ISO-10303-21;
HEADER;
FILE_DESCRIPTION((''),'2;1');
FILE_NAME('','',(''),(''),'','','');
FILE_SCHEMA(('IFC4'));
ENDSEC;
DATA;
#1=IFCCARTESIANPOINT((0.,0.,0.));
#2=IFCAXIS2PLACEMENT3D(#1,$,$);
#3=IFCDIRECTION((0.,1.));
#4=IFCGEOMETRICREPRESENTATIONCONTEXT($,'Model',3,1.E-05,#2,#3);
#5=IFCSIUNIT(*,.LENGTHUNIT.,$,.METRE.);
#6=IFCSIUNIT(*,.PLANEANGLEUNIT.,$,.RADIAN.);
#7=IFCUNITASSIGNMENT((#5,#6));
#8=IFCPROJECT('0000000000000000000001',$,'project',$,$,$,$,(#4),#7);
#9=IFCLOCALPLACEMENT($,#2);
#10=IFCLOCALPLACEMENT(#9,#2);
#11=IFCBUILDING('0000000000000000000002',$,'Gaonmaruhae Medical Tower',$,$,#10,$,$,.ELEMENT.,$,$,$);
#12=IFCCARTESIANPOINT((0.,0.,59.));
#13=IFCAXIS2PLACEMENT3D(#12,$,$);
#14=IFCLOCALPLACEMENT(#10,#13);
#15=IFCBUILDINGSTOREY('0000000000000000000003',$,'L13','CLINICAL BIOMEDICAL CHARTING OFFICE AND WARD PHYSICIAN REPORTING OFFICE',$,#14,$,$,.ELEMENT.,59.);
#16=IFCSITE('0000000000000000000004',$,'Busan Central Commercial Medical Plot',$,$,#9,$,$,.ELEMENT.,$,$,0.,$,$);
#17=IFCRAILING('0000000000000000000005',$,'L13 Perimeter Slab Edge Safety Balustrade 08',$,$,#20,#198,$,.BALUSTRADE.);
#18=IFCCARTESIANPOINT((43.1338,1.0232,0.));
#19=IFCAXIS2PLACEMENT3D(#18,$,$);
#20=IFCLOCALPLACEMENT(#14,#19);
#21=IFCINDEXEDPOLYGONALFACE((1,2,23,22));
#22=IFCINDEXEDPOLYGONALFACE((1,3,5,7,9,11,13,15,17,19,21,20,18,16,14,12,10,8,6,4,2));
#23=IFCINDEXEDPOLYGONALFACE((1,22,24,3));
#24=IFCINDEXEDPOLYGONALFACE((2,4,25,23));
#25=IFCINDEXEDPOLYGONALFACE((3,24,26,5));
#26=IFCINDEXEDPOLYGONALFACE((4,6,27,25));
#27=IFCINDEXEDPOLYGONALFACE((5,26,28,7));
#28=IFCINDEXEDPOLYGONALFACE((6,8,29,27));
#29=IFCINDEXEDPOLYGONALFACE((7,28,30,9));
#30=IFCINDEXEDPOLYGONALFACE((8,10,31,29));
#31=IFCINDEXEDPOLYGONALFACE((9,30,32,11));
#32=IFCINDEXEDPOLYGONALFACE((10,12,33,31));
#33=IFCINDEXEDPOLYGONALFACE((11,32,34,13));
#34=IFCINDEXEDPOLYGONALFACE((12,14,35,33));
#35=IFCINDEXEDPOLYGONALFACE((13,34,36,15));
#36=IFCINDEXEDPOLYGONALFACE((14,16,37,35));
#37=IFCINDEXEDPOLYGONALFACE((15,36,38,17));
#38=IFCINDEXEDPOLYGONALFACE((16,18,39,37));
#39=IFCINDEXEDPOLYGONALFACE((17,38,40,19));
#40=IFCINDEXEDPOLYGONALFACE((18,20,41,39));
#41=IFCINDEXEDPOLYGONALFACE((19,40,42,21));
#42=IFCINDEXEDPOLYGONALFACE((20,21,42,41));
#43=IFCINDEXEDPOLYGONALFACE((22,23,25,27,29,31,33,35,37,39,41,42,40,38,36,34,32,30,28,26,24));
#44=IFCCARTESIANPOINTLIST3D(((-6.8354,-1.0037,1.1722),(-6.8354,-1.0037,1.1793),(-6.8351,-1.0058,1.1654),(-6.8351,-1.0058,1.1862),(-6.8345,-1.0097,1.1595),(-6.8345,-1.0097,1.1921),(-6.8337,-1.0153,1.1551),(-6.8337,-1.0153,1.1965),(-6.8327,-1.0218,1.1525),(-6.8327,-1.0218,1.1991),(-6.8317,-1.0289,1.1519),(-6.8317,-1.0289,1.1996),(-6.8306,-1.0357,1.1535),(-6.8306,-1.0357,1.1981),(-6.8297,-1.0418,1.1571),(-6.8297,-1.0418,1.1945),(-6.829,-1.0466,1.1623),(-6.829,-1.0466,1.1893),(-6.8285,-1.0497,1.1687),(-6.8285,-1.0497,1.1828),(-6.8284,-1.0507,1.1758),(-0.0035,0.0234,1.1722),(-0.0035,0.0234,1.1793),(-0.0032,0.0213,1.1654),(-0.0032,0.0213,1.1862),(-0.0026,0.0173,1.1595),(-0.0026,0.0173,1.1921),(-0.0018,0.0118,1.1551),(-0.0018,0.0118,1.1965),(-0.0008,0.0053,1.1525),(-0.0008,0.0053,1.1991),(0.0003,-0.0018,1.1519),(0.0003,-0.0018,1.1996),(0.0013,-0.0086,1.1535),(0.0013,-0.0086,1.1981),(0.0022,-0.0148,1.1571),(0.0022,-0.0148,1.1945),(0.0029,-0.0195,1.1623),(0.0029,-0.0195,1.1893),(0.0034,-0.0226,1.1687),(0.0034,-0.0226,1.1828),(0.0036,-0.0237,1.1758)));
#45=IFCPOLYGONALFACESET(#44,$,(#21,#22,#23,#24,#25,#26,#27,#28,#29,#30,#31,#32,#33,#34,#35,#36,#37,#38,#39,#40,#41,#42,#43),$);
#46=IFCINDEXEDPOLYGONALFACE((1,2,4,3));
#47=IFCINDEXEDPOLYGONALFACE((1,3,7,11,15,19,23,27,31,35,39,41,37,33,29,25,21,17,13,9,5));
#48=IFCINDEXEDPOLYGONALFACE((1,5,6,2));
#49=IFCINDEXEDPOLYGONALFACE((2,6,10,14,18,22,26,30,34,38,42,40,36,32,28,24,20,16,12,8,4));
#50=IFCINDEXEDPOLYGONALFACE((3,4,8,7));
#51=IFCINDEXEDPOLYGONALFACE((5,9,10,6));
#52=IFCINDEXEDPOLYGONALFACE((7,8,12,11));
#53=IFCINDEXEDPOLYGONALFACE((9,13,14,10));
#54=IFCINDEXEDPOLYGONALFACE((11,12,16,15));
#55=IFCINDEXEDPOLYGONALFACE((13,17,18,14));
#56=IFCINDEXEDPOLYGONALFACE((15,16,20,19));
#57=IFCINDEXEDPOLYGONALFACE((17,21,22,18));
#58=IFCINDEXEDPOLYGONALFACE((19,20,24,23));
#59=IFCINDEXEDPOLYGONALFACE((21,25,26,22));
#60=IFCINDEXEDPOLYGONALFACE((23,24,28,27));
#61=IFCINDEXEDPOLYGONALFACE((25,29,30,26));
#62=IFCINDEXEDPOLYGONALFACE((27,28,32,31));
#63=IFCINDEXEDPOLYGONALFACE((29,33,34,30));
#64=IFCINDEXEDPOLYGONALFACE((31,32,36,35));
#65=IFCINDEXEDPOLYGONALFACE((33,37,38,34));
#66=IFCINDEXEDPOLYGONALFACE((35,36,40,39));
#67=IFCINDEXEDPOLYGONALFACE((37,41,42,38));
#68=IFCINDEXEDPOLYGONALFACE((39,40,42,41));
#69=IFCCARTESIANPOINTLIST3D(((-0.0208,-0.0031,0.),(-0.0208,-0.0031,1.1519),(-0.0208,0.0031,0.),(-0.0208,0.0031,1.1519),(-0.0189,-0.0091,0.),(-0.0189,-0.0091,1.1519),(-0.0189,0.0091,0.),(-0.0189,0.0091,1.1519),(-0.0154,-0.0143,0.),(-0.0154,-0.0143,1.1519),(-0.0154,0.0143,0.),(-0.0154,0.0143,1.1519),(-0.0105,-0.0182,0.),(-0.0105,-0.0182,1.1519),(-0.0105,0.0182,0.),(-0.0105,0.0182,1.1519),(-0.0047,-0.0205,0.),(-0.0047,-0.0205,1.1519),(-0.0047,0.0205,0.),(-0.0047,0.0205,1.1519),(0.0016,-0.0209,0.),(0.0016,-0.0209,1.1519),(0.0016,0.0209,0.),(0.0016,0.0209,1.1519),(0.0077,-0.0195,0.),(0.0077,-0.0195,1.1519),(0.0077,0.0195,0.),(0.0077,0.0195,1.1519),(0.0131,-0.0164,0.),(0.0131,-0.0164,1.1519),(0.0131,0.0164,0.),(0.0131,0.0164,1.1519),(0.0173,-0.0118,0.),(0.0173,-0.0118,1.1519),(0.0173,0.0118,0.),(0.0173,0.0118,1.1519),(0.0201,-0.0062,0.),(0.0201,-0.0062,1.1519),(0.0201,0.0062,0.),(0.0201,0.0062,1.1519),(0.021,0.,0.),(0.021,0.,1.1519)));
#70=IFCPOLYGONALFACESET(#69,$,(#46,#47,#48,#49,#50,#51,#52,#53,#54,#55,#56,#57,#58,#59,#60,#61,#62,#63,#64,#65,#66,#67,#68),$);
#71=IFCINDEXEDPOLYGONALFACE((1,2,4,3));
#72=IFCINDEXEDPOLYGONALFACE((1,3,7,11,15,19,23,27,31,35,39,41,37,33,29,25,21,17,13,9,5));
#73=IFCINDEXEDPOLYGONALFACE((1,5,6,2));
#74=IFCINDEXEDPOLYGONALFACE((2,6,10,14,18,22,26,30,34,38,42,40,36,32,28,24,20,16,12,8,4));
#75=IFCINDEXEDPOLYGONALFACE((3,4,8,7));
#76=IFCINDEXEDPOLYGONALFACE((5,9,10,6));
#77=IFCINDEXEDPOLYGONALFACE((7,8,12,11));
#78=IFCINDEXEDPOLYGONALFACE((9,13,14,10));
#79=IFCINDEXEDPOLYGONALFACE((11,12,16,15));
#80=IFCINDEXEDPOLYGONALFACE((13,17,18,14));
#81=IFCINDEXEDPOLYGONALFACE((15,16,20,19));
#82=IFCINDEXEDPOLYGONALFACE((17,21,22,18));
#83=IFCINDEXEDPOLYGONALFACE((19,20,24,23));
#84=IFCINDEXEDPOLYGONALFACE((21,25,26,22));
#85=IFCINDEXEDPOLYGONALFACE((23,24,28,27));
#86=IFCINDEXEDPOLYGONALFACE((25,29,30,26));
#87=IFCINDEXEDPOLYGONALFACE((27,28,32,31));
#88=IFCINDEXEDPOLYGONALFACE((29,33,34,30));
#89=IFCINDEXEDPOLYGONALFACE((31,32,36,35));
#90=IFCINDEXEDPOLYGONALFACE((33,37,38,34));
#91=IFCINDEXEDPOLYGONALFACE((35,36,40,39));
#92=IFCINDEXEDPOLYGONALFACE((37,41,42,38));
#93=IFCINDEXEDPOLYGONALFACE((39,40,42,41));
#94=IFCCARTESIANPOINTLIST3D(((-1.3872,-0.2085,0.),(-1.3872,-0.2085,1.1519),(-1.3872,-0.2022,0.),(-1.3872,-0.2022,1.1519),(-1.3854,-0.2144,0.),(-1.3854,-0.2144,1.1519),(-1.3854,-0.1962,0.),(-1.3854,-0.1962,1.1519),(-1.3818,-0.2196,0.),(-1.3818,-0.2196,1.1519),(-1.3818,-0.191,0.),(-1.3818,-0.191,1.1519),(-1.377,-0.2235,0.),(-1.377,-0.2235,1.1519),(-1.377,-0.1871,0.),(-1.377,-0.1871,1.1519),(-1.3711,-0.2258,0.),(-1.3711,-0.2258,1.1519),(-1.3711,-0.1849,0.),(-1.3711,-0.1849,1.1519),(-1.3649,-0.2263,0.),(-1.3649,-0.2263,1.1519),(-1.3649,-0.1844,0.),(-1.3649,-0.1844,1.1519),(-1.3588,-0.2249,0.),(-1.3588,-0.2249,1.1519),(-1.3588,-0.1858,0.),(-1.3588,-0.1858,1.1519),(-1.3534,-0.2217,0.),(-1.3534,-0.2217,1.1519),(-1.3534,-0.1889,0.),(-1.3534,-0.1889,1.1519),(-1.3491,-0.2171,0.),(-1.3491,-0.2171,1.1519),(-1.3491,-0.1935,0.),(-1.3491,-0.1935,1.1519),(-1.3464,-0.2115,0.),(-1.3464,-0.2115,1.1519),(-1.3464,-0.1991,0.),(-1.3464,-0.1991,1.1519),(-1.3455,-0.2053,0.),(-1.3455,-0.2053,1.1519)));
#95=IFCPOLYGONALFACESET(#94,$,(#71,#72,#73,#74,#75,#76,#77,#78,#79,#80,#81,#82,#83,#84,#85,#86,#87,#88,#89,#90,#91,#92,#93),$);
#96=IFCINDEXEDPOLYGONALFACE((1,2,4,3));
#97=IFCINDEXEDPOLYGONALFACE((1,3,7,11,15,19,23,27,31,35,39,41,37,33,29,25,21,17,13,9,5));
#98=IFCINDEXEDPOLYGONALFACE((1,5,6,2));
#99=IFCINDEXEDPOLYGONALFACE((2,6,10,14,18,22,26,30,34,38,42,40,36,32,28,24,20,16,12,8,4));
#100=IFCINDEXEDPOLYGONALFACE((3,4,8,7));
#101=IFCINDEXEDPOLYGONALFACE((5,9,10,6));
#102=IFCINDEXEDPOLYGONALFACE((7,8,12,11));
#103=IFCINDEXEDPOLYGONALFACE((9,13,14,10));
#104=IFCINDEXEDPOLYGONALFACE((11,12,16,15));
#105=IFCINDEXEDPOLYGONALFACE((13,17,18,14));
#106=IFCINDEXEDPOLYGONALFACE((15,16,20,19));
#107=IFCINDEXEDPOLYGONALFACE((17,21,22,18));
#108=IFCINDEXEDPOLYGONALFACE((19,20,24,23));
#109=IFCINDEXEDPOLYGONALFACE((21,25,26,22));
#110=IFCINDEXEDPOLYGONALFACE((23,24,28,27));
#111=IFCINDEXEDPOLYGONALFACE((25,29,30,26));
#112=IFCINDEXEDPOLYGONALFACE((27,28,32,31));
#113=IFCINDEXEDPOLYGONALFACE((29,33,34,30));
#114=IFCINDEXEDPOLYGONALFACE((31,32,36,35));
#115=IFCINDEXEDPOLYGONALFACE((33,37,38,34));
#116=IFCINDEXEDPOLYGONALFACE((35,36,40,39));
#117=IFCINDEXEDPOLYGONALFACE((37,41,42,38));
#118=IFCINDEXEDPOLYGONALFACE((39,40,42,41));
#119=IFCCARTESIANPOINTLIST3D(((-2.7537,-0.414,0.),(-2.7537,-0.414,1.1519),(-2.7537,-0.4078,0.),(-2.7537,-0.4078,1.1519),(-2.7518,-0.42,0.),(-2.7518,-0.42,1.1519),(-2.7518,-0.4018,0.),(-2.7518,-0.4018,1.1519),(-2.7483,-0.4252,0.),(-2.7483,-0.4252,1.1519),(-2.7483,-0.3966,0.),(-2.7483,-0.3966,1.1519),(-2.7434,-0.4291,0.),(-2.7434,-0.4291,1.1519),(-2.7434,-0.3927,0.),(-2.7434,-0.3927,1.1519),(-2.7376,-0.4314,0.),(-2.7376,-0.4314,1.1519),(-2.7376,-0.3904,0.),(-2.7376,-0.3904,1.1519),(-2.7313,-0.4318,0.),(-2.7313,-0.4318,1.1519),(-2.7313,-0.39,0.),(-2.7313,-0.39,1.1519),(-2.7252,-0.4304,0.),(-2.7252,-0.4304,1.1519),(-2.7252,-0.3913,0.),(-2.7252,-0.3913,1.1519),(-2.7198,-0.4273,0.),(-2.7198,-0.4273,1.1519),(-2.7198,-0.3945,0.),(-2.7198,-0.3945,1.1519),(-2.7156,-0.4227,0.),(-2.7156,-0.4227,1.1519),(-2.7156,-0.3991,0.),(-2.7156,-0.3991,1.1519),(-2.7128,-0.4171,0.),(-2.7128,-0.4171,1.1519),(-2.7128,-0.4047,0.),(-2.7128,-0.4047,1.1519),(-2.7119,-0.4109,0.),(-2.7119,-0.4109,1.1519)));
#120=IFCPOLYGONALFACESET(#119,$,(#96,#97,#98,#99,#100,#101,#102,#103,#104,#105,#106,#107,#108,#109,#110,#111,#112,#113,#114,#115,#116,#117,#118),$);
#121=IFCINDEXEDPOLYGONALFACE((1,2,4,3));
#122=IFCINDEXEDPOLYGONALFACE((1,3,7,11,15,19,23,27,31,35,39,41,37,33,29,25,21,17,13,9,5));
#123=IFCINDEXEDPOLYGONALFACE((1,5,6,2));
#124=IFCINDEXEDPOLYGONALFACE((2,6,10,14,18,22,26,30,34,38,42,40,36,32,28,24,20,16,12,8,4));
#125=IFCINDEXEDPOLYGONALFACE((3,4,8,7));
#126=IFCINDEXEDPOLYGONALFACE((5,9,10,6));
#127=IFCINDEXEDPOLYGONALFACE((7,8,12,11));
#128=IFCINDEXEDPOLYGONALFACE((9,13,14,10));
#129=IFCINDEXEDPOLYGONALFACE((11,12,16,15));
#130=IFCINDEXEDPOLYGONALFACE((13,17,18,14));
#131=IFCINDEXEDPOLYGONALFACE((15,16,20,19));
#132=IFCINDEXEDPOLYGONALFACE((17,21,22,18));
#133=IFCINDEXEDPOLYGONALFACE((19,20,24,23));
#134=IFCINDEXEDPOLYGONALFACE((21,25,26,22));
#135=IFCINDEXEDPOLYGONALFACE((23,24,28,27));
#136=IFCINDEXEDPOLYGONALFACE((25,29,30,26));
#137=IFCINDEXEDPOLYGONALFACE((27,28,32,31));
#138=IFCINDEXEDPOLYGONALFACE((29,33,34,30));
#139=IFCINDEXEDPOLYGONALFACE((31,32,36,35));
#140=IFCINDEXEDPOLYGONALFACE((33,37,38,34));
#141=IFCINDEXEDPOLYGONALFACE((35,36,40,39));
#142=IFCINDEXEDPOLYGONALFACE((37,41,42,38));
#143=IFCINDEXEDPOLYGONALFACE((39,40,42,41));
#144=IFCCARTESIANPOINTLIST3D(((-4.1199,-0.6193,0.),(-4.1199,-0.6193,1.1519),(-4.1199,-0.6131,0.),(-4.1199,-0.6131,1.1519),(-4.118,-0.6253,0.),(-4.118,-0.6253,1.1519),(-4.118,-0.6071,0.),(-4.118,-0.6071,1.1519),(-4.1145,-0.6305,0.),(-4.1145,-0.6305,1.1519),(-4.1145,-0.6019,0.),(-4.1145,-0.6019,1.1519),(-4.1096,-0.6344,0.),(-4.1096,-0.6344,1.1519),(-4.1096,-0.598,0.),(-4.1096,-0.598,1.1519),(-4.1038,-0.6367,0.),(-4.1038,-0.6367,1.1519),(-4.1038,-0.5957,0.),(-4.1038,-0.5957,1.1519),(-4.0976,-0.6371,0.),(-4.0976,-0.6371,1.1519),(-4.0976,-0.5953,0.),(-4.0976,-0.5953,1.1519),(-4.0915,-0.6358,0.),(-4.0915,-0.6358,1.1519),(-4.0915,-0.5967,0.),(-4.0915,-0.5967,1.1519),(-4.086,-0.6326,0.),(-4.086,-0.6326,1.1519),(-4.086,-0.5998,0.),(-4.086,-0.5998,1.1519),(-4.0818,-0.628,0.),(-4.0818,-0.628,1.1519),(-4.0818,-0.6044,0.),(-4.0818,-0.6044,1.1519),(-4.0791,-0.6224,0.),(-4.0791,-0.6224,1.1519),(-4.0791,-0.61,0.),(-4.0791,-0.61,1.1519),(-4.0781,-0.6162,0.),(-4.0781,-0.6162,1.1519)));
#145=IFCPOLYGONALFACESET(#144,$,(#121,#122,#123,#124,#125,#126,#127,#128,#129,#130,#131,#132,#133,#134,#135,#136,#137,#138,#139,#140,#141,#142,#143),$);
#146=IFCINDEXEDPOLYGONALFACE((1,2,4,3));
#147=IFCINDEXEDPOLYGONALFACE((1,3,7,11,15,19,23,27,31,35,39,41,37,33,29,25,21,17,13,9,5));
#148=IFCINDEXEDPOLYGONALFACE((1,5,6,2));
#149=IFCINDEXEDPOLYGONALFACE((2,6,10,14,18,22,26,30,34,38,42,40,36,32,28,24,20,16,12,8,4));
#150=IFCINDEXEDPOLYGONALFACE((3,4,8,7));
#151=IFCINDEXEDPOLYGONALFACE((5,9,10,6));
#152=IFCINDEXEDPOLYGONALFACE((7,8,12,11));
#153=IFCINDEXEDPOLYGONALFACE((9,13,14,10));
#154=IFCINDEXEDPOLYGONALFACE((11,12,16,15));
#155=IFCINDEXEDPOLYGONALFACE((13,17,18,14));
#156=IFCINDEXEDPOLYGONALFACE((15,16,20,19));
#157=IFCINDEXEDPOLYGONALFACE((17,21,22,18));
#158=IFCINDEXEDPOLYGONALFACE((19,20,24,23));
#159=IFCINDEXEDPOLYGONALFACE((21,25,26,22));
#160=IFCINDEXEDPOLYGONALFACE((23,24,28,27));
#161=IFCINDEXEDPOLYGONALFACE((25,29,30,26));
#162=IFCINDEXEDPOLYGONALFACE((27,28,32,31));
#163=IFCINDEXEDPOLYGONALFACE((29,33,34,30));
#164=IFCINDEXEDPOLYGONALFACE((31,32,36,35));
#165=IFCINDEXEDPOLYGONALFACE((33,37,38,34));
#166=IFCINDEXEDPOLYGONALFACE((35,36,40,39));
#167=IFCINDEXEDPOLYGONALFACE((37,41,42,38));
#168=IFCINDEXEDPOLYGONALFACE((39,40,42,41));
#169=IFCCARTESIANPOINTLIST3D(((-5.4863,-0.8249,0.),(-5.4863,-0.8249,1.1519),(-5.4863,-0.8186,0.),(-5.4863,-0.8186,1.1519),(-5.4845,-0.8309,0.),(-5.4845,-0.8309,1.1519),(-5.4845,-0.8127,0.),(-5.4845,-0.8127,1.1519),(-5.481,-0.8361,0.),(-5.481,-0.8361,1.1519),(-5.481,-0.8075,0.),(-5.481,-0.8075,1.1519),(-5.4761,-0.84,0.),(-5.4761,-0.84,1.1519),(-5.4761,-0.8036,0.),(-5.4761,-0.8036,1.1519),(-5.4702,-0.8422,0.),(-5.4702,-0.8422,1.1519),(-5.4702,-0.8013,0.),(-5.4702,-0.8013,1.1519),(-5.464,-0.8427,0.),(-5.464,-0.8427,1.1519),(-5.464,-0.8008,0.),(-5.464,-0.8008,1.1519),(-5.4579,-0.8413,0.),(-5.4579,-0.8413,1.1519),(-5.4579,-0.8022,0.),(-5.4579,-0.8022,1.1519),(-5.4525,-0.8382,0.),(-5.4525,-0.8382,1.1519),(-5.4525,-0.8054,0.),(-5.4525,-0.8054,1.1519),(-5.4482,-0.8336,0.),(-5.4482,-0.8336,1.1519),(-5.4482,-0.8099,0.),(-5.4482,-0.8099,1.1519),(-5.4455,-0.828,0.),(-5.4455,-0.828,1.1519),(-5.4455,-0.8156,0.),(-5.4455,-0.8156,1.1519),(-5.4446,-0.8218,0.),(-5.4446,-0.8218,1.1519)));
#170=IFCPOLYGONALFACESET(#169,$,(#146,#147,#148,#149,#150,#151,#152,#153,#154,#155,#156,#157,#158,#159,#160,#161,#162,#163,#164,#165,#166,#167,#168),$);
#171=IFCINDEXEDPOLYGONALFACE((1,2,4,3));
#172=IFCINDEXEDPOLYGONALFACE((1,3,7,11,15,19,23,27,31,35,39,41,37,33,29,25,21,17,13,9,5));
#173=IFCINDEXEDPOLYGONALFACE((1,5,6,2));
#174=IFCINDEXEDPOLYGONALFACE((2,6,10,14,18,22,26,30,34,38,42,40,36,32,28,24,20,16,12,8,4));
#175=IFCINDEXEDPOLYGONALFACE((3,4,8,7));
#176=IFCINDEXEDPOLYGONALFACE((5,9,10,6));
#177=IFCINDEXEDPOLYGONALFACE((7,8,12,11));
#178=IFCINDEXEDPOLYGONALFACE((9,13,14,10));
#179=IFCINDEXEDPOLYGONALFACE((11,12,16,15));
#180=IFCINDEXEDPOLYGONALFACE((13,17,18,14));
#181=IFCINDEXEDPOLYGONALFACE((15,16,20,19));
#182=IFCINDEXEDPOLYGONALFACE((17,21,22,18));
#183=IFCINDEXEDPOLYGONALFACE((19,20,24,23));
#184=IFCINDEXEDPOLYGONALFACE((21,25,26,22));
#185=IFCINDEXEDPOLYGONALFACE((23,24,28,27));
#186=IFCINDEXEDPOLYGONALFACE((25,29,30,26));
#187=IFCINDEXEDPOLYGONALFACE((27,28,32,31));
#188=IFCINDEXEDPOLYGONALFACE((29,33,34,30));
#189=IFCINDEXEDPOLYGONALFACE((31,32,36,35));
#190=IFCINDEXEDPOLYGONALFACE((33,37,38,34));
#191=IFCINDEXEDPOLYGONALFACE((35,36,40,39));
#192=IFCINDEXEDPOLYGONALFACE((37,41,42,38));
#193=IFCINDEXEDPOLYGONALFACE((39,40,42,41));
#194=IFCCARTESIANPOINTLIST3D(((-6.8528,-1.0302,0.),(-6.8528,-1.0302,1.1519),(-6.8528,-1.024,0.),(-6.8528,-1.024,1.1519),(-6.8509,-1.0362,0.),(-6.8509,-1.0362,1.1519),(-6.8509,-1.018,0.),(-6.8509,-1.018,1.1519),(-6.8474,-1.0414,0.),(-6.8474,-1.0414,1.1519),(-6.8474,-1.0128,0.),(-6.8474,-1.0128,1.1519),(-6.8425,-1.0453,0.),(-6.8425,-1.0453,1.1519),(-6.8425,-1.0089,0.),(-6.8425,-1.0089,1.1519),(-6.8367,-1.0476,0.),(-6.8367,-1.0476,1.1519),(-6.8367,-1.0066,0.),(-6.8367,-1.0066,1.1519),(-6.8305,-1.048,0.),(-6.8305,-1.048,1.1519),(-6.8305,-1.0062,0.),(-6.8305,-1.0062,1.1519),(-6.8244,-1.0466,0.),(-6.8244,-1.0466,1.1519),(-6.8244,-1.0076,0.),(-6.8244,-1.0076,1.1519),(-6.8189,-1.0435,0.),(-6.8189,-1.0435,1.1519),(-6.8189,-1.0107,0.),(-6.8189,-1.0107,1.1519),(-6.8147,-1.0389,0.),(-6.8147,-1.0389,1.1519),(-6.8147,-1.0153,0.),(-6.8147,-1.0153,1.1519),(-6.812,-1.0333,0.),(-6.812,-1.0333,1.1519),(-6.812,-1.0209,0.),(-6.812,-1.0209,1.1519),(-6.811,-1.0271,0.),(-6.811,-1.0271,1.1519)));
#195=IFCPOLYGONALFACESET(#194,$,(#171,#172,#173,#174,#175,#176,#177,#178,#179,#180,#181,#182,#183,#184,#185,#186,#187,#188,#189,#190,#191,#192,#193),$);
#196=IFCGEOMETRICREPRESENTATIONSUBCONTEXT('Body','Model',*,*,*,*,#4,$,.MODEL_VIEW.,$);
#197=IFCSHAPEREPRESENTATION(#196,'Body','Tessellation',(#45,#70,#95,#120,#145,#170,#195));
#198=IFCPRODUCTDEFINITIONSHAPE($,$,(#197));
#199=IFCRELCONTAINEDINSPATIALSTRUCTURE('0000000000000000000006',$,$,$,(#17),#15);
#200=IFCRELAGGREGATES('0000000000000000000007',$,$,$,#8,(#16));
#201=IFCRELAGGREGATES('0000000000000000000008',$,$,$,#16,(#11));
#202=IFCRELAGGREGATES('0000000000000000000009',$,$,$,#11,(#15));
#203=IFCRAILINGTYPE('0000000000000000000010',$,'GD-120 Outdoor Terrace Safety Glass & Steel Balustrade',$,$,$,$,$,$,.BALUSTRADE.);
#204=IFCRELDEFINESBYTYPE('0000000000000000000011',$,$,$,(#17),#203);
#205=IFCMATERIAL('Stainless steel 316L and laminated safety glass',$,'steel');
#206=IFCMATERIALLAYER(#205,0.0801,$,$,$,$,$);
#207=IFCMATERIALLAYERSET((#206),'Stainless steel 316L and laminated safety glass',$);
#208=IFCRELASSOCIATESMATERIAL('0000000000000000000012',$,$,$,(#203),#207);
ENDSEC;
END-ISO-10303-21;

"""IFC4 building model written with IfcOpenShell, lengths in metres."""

from ifc_helpers import new_model, si_unit, direction, frame, origin, origin_2d, place, context, subcontext, project, spatial, circle, extrude, material, layer, layer_set, type_object, element, save


model = new_model("IFC4")

# Units and contexts
model_context = context("Model", 3, precision=1e-05, world=origin(), true_north=direction((0.0, 1.0)))
body_context = subcontext(model_context, "Body", "Model", "MODEL_VIEW")
ifc_project = project(units=[si_unit("LENGTHUNIT", "METRE"), si_unit("PLANEANGLEUNIT", "RADIAN")], contexts=[model_context])

# Site, building, storey
site_placement = place(None, origin())
site = spatial("IfcSite", under=ifc_project, at=site_placement, Name="Busan Central Commercial Medical Plot", CompositionType="ELEMENT", RefElevation=0.0)
building_placement = place(site_placement, origin())
building = spatial("IfcBuilding", under=site, at=building_placement, Name="Gaonmaruhae Medical Tower", CompositionType="ELEMENT")
storey_placement = place(building_placement, frame((0.0, 0.0, 59.0)))
storey = spatial("IfcBuildingStorey", under=building, at=storey_placement, Name="L13", Description="CLINICAL BIOMEDICAL CHARTING OFFICE AND WARD PHYSICIAN REPORTING OFFICE", CompositionType="ELEMENT", Elevation=59.0)

# Railing
ifc_material_1 = material(Name="Stainless steel 316L and laminated safety glass", Category="steel")
ifc_layer_1 = layer(ifc_material_1, 0.0801)
ifc_layer_set_1 = layer_set([ifc_layer_1], Name="Stainless steel 316L and laminated safety glass")
railing_type = type_object("IfcRailingType", Name="GD-120 Outdoor Terrace Safety Glass & Steel Balustrade", PredefinedType="BALUSTRADE", material=ifc_layer_set_1)
railing_1_placement = place(storey_placement, frame((43.1338, 1.0232, 0.0)))
element("IfcRailing", 1, at=railing_1_placement, inside=storey, type_object=railing_type, Name="L13 Perimeter Slab Edge Safety Balustrade 08", PredefinedType="BALUSTRADE", context=body_context, shape_type="SweptSolid", body=[
    extrude(circle(Radius=0.0239, at=origin_2d()), frame((0.0, 0.0, 1.1758), z_axis=(-0.988888, -0.148665, 0.0), x_axis=(0.148665, -0.988888, 0.0)), (0.0, 0.0, 1.0), 6.9087),
    extrude(circle(Radius=0.021, at=origin_2d()), origin(), (0.0, 0.0, 1.0), 1.1519),
    extrude(circle(Radius=0.021, at=origin_2d()), frame((-1.3665, -0.2053, 0.0)), (0.0, 0.0, 1.0), 1.1519),
    extrude(circle(Radius=0.021, at=origin_2d()), frame((-2.7329, -0.4109, 0.0)), (0.0, 0.0, 1.0), 1.1519),
    extrude(circle(Radius=0.021, at=origin_2d()), frame((-4.0991, -0.6162, 0.0)), (0.0, 0.0, 1.0), 1.1519),
    extrude(circle(Radius=0.021, at=origin_2d()), frame((-5.4656, -0.8218, 0.0)), (0.0, 0.0, 1.0), 1.1519),
    extrude(circle(Radius=0.021, at=origin_2d()), frame((-6.832, -1.0271, 0.0)), (0.0, 0.0, 1.0), 1.1519),
])

save(model, "model.ifc")
